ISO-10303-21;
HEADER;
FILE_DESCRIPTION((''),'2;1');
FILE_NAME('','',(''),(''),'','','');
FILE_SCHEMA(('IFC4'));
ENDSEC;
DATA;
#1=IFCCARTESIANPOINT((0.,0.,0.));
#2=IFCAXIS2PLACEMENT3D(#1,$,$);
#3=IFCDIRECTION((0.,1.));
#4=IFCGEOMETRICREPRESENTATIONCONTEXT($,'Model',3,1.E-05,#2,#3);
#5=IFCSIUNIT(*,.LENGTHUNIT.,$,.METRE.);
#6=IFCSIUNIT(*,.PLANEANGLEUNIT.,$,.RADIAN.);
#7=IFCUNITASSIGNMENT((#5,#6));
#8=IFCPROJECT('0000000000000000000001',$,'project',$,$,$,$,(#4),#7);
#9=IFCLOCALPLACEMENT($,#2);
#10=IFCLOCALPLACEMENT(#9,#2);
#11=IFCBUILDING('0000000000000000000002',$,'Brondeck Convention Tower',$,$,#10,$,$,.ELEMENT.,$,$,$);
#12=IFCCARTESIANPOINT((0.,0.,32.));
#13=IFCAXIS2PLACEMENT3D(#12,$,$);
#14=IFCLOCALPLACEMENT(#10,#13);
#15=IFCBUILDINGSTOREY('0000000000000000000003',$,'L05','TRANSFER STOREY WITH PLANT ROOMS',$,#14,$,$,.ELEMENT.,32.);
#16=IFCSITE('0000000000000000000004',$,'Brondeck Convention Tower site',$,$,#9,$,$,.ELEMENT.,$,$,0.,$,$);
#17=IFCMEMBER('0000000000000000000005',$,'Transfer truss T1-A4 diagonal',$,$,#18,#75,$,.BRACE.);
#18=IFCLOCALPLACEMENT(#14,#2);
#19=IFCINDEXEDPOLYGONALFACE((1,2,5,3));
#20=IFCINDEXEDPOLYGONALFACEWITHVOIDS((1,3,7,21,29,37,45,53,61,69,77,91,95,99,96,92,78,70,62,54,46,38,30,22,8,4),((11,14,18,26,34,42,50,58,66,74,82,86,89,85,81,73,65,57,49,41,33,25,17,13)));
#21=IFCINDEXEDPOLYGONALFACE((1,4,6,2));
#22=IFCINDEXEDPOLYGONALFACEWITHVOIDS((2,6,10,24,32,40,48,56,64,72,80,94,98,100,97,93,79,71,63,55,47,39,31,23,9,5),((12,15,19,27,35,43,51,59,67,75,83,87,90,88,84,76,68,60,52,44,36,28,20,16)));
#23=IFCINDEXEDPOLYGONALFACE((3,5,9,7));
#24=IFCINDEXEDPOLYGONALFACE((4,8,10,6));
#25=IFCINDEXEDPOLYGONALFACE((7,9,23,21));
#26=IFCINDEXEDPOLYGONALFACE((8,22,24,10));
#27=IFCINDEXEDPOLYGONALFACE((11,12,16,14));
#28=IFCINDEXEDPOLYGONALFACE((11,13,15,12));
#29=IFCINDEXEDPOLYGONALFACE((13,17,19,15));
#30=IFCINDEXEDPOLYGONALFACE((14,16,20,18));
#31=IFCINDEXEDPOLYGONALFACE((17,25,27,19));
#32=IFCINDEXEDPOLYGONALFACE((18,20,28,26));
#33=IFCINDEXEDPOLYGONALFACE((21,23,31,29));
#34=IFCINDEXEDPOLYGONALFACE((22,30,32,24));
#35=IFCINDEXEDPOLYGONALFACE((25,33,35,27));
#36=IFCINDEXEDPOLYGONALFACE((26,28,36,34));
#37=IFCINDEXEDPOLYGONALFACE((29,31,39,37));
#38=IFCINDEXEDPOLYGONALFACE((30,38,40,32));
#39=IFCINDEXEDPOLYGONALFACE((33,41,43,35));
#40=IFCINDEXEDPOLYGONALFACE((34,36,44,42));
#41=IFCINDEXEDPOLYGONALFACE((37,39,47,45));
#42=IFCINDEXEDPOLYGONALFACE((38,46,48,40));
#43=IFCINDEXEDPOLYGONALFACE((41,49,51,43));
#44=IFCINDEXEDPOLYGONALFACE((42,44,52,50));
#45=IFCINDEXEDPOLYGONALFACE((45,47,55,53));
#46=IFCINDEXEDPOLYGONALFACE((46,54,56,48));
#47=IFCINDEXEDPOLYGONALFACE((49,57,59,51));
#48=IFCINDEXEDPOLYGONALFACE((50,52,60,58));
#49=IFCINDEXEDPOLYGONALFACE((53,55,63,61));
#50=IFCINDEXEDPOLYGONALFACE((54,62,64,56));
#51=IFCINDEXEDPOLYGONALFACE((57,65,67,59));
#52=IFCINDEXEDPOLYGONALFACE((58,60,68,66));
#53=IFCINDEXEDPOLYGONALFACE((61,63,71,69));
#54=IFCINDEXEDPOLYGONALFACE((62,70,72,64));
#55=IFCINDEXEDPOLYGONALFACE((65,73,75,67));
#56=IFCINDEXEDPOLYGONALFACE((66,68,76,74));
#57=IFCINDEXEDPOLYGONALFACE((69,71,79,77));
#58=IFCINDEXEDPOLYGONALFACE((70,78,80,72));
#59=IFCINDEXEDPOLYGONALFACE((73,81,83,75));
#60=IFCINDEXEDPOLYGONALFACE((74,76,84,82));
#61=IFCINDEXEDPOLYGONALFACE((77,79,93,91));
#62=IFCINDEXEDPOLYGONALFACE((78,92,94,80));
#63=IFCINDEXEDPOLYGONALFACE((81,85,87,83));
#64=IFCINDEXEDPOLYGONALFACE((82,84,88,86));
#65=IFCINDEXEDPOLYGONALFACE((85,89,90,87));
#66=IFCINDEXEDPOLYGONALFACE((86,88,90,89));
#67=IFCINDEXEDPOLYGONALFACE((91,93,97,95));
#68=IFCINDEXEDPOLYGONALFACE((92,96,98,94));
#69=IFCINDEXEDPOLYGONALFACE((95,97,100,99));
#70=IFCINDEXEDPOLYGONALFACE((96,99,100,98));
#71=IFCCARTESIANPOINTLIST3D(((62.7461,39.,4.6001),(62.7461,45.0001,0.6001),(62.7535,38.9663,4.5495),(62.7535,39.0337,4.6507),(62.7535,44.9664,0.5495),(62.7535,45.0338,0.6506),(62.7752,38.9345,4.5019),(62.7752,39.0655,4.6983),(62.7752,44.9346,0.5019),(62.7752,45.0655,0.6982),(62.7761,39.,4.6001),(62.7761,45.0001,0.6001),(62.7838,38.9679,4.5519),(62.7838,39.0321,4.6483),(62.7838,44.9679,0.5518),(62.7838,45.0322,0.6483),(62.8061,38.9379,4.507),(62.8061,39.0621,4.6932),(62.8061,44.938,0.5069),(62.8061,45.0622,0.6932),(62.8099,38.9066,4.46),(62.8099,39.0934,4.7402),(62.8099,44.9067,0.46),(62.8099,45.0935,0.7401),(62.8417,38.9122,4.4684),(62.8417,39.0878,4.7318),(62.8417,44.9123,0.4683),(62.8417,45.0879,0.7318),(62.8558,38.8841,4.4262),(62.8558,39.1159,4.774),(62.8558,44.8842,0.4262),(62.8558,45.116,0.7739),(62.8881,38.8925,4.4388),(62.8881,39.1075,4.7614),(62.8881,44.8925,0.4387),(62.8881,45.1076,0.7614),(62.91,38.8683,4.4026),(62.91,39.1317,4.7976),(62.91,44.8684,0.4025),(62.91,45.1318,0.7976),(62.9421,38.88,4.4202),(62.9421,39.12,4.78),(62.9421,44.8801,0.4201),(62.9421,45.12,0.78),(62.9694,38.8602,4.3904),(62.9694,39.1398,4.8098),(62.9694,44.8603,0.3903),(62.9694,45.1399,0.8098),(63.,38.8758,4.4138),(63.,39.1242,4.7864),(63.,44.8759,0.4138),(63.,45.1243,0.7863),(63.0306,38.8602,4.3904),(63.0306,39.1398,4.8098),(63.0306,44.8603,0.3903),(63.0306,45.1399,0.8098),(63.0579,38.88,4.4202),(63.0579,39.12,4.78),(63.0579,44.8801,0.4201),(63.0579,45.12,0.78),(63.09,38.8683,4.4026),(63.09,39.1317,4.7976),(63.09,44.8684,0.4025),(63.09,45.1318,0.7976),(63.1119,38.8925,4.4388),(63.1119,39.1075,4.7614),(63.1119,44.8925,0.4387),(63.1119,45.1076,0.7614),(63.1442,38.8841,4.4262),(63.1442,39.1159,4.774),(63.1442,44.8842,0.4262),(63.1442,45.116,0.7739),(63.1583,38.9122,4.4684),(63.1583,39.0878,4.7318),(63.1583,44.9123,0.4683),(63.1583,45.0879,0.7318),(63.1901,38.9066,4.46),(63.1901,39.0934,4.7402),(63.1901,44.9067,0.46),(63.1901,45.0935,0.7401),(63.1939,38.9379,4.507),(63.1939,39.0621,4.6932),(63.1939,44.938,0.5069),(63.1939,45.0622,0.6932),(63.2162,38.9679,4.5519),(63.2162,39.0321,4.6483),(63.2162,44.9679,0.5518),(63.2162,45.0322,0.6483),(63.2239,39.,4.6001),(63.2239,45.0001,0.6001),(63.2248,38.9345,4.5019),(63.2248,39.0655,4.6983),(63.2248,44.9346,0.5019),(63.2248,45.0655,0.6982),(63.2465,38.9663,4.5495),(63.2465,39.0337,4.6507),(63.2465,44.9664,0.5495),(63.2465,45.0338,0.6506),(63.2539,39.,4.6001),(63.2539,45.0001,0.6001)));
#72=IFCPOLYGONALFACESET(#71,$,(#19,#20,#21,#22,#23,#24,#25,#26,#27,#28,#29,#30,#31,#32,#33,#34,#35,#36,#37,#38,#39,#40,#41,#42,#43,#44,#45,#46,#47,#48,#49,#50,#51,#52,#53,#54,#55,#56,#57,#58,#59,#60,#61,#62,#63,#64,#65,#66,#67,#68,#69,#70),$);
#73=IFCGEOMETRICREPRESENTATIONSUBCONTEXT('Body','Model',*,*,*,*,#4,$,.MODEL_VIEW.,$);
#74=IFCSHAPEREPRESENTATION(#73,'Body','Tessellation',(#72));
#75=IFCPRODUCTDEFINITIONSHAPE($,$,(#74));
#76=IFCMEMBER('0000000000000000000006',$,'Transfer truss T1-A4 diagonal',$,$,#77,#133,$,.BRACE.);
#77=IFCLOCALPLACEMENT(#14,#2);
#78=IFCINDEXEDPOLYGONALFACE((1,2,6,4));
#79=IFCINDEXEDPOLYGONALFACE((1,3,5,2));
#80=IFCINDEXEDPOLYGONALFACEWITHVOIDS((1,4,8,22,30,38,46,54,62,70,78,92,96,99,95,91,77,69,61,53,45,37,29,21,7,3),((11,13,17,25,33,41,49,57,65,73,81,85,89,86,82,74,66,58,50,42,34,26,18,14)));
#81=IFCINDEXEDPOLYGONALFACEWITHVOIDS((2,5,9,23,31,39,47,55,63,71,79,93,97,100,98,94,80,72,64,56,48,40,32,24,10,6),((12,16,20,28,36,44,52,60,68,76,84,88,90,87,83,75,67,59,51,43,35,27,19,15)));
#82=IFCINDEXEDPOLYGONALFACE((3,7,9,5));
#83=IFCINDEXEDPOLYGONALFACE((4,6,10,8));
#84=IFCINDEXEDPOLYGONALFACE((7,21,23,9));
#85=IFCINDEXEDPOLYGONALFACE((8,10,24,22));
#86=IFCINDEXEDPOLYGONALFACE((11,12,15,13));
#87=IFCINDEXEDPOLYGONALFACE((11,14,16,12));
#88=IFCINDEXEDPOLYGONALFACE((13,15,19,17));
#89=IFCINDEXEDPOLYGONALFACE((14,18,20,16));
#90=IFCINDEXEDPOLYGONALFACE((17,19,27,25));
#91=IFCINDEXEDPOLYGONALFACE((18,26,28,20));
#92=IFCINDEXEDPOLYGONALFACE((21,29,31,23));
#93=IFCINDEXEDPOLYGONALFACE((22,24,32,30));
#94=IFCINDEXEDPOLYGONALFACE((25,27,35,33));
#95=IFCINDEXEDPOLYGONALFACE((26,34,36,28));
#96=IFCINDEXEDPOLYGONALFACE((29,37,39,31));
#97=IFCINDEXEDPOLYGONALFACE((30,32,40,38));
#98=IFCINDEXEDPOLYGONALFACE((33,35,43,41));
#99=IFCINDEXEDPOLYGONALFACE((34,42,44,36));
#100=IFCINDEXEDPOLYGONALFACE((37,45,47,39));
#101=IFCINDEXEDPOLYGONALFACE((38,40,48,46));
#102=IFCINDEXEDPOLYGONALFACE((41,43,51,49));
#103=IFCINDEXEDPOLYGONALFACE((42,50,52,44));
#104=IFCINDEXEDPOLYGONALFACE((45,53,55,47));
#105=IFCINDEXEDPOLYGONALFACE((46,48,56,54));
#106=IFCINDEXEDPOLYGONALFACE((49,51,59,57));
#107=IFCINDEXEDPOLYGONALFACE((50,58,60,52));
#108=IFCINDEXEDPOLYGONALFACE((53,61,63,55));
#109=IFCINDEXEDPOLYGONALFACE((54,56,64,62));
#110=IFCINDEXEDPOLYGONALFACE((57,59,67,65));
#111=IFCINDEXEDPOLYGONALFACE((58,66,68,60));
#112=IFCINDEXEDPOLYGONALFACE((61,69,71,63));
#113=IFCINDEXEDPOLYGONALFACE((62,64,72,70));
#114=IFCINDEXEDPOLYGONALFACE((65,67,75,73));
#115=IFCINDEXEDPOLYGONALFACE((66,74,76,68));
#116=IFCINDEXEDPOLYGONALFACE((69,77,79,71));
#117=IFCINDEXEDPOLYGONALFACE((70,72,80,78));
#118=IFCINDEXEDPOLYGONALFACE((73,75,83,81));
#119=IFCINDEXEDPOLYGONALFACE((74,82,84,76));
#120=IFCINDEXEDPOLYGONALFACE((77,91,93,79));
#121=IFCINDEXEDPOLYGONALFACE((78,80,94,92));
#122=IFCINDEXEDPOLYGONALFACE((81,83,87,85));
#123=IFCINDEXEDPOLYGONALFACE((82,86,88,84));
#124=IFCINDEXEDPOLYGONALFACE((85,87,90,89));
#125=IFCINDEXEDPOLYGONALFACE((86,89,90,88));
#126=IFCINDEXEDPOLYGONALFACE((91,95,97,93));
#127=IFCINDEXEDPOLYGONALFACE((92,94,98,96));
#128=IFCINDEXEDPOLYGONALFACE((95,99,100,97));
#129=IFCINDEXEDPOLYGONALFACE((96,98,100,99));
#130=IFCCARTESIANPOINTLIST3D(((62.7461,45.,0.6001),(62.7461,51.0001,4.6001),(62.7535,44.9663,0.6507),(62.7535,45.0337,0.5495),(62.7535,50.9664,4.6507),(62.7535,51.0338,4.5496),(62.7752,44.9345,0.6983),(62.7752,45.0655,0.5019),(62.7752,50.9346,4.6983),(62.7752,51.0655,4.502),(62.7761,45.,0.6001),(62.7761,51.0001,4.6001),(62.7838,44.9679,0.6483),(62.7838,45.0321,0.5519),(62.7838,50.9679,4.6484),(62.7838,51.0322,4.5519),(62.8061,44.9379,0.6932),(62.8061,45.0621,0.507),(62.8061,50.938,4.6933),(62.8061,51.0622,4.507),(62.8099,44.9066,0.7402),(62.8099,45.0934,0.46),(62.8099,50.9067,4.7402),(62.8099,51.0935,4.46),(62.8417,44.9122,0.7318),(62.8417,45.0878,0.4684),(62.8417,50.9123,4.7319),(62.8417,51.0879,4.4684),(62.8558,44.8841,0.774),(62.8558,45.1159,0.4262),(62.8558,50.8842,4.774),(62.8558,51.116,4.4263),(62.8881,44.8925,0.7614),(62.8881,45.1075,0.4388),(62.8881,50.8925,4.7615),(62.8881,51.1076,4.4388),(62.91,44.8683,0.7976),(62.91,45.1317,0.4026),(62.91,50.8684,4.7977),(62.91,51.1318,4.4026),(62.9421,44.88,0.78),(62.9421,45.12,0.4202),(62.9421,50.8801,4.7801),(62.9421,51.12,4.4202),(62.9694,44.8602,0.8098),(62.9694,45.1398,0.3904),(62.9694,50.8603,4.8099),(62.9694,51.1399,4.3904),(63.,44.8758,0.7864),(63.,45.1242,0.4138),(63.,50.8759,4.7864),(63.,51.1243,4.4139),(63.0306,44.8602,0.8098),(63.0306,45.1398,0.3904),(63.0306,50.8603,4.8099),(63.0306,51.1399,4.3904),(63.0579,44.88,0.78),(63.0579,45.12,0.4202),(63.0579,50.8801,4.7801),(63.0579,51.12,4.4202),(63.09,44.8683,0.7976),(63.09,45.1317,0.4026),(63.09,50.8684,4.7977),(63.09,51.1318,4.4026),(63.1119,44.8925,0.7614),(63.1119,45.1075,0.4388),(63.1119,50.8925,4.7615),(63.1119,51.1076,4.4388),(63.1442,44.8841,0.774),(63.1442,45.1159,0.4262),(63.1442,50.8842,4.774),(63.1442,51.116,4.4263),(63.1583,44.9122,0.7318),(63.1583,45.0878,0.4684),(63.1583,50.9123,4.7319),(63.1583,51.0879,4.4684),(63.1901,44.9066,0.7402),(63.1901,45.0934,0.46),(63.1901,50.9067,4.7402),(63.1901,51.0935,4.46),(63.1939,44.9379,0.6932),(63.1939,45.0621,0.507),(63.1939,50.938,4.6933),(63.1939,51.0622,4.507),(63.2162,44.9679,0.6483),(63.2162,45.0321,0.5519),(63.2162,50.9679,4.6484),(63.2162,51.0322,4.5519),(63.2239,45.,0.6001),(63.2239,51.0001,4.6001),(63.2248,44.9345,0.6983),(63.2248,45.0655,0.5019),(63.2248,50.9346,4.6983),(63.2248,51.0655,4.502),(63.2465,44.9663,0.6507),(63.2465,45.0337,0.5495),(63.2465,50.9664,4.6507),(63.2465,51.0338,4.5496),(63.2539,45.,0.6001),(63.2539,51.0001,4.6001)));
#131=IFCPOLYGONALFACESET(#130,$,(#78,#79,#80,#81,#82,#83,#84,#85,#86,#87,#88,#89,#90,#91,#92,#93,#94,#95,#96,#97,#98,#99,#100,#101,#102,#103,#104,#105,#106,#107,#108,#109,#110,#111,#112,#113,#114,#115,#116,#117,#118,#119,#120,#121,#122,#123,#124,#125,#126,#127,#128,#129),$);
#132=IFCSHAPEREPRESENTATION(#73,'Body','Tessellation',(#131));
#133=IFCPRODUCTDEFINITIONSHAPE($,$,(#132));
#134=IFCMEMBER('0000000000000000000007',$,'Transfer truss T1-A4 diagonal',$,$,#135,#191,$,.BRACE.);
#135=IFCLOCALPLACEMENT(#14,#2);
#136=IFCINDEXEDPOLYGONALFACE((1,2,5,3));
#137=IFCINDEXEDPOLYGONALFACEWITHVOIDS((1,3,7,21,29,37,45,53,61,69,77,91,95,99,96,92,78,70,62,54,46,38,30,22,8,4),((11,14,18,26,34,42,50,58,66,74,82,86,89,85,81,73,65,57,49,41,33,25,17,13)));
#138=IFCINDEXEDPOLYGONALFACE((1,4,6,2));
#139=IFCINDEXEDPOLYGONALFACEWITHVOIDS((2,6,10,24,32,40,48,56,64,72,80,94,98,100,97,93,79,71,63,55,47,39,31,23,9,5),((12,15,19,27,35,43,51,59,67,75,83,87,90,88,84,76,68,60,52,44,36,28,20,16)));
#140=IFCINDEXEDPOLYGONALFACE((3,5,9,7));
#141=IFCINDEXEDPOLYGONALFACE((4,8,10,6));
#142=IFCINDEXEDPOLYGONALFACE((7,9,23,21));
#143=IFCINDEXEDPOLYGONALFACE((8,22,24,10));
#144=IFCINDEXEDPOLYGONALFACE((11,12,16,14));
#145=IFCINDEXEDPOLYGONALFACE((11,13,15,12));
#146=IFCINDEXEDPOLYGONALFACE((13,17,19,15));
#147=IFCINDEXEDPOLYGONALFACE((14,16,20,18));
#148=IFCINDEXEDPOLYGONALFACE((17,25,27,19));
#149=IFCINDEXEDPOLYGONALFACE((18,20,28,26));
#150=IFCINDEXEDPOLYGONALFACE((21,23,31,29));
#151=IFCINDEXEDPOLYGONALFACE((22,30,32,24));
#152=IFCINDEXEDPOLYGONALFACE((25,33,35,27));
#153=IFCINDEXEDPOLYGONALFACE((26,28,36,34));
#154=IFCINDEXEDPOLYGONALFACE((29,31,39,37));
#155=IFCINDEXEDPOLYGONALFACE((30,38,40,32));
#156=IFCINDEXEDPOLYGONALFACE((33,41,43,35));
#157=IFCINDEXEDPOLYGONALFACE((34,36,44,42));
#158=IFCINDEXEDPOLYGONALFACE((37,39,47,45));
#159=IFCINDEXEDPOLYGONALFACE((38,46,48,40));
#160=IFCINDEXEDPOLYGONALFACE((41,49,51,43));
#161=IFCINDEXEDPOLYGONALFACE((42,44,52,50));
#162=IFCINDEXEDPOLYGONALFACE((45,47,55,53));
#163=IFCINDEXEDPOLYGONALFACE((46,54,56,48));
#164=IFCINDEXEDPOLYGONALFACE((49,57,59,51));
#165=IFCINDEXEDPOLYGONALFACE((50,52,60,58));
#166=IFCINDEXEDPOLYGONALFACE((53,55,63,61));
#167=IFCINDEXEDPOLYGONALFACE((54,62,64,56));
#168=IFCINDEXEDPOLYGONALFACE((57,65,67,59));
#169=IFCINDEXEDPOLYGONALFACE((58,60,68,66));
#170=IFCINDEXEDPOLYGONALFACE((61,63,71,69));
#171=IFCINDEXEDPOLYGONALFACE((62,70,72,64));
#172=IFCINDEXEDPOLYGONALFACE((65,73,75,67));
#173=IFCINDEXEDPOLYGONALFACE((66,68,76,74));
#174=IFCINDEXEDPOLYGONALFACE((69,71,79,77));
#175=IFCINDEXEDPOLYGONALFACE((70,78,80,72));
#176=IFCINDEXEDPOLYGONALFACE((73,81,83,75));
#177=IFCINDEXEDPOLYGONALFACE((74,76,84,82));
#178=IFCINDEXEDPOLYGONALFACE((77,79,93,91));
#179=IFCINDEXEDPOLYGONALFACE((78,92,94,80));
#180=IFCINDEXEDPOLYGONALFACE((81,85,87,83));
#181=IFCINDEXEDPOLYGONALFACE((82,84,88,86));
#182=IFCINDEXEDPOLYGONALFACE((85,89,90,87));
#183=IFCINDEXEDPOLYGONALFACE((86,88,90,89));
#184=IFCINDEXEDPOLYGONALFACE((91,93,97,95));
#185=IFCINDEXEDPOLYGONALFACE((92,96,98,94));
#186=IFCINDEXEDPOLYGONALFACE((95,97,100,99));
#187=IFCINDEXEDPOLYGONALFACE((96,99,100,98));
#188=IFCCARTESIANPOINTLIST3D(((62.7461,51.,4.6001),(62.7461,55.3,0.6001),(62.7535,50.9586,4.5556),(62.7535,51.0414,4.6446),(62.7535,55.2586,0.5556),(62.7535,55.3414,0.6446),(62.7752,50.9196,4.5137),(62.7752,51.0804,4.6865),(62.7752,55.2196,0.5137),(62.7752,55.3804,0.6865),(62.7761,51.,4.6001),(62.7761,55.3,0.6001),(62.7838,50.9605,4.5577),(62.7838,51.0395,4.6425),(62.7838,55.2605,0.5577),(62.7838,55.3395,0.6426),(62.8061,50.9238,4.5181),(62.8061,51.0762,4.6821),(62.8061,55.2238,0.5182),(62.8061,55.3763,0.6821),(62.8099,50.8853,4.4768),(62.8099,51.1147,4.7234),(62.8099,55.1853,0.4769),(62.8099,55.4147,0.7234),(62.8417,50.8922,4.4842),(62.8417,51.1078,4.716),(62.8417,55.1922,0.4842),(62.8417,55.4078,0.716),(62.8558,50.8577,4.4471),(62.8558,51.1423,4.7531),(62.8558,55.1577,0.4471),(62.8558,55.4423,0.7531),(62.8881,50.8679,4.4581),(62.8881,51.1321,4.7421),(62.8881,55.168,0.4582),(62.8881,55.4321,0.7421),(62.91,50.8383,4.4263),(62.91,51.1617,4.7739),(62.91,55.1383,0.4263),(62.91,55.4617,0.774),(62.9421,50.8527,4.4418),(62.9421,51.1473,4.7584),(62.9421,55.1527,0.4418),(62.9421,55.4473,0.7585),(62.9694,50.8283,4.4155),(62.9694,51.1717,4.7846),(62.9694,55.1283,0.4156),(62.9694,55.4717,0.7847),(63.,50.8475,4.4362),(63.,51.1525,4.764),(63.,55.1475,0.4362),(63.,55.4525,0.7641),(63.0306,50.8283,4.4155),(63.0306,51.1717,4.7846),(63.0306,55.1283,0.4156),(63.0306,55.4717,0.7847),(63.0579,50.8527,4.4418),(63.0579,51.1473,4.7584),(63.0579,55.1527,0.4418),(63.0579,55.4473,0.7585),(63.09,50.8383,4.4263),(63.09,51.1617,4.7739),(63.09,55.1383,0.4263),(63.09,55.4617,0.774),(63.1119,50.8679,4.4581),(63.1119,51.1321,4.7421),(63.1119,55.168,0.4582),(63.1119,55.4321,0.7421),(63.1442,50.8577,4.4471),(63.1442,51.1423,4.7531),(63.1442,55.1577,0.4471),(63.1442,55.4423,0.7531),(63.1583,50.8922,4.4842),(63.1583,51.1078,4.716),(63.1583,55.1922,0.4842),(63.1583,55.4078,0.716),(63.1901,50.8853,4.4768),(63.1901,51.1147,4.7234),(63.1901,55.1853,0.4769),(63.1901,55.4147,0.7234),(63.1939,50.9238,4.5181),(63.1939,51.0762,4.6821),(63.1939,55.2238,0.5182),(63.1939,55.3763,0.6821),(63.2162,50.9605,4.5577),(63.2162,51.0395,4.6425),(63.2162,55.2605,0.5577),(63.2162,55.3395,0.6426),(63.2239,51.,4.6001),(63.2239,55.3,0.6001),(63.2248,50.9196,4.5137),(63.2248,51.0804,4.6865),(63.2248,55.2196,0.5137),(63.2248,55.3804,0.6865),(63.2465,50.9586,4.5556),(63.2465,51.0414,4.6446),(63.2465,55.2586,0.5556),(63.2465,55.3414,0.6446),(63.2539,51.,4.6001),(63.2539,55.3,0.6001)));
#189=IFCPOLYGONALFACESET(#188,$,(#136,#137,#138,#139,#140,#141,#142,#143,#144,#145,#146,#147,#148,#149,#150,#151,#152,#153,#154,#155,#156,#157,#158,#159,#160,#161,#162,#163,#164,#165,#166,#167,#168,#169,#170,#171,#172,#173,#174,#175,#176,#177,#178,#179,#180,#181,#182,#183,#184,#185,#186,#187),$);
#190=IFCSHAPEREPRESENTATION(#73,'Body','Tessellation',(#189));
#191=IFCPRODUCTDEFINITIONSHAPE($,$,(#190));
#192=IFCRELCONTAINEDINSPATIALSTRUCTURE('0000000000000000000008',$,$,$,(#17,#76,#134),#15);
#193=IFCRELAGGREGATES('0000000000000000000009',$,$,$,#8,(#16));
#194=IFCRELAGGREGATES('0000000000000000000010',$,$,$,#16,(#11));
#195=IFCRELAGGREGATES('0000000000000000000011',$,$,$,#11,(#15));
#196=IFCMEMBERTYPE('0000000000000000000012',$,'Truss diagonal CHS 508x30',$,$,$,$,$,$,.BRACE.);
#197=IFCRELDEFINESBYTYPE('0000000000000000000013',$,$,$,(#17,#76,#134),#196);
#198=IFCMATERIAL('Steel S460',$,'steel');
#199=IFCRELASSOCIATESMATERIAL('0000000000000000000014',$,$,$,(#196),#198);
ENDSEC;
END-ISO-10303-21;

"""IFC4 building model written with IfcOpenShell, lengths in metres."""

from ifc_helpers import new_model, si_unit, direction, frame, origin, origin_2d, place, context, subcontext, project, spatial, hollow_circle, extrude, material, material_profile, profile_set, type_object, element, save


model = new_model("IFC4")

# Units and contexts
model_context = context("Model", 3, precision=1e-05, world=origin(), true_north=direction((0.0, 1.0)))
body_context = subcontext(model_context, "Body", "Model", "MODEL_VIEW")
ifc_project = project(units=[si_unit("LENGTHUNIT", "METRE"), si_unit("PLANEANGLEUNIT", "RADIAN")], contexts=[model_context])

# Site, building, storey
site_placement = place(None, origin())
site = spatial("IfcSite", under=ifc_project, at=site_placement, Name="Brondeck Convention Tower site", CompositionType="ELEMENT", RefElevation=0.0)
building_placement = place(site_placement, origin())
building = spatial("IfcBuilding", under=site, at=building_placement, Name="Brondeck Convention Tower", CompositionType="ELEMENT")
storey_placement = place(building_placement, frame((0.0, 0.0, 32.0)))
storey = spatial("IfcBuildingStorey", under=building, at=storey_placement, Name="L05", Description="TRANSFER STOREY WITH PLANT ROOMS", CompositionType="ELEMENT", Elevation=32.0)

# Shared definitions
ifc_material_1 = material(Name="Steel S460", Category="steel")

# Members
ifc_material_profile_1 = material_profile(ifc_material_1, hollow_circle(Radius=0.2539, WallThickness=0.03, at=origin_2d()), Name="CHS 508x30")
ifc_profile_set_1 = profile_set([ifc_material_profile_1], Name="Steel S460")
member_type_1 = type_object("IfcMemberType", Name="Truss diagonal CHS 508x30", PredefinedType="BRACE", material=ifc_profile_set_1)
for number, where, z_axis, x_axis, name in (
    (1, (63.0, 39.0, 4.6001), (0.0, 0.83205, -0.5547), (-1.0, 0.0, 0.0), "Transfer truss T1-A4 diagonal"),
    (2, (63.0, 45.0, 0.6001), (0.0, 0.83205, 0.5547), (-1.0, 0.0, 0.0), "Transfer truss T1-A4 diagonal"),
):
    element("IfcMember", number, at=place(storey_placement, frame(where, z_axis=z_axis, x_axis=x_axis)), inside=storey, type_object=member_type_1, Name=name, PredefinedType="BRACE", context=body_context, shape_type="SweptSolid", body=[
        extrude(hollow_circle(Radius=0.2539, WallThickness=0.03, at=origin_2d()), origin(), (0.0, 0.0, 1.0), 7.2112),
    ])
member_1_placement = place(storey_placement, frame((63.0, 51.0, 4.6001), z_axis=(0.0, 0.732191, -0.6811), x_axis=(-1.0, 0.0, 0.0)))
element("IfcMember", 3, at=member_1_placement, inside=storey, type_object=member_type_1, Name="Transfer truss T1-A4 diagonal", PredefinedType="BRACE", context=body_context, shape_type="SweptSolid", body=[
    extrude(hollow_circle(Radius=0.2539, WallThickness=0.03, at=origin_2d()), origin(), (0.0, 0.0, 1.0), 5.8728),
])

save(model, "model.ifc")
